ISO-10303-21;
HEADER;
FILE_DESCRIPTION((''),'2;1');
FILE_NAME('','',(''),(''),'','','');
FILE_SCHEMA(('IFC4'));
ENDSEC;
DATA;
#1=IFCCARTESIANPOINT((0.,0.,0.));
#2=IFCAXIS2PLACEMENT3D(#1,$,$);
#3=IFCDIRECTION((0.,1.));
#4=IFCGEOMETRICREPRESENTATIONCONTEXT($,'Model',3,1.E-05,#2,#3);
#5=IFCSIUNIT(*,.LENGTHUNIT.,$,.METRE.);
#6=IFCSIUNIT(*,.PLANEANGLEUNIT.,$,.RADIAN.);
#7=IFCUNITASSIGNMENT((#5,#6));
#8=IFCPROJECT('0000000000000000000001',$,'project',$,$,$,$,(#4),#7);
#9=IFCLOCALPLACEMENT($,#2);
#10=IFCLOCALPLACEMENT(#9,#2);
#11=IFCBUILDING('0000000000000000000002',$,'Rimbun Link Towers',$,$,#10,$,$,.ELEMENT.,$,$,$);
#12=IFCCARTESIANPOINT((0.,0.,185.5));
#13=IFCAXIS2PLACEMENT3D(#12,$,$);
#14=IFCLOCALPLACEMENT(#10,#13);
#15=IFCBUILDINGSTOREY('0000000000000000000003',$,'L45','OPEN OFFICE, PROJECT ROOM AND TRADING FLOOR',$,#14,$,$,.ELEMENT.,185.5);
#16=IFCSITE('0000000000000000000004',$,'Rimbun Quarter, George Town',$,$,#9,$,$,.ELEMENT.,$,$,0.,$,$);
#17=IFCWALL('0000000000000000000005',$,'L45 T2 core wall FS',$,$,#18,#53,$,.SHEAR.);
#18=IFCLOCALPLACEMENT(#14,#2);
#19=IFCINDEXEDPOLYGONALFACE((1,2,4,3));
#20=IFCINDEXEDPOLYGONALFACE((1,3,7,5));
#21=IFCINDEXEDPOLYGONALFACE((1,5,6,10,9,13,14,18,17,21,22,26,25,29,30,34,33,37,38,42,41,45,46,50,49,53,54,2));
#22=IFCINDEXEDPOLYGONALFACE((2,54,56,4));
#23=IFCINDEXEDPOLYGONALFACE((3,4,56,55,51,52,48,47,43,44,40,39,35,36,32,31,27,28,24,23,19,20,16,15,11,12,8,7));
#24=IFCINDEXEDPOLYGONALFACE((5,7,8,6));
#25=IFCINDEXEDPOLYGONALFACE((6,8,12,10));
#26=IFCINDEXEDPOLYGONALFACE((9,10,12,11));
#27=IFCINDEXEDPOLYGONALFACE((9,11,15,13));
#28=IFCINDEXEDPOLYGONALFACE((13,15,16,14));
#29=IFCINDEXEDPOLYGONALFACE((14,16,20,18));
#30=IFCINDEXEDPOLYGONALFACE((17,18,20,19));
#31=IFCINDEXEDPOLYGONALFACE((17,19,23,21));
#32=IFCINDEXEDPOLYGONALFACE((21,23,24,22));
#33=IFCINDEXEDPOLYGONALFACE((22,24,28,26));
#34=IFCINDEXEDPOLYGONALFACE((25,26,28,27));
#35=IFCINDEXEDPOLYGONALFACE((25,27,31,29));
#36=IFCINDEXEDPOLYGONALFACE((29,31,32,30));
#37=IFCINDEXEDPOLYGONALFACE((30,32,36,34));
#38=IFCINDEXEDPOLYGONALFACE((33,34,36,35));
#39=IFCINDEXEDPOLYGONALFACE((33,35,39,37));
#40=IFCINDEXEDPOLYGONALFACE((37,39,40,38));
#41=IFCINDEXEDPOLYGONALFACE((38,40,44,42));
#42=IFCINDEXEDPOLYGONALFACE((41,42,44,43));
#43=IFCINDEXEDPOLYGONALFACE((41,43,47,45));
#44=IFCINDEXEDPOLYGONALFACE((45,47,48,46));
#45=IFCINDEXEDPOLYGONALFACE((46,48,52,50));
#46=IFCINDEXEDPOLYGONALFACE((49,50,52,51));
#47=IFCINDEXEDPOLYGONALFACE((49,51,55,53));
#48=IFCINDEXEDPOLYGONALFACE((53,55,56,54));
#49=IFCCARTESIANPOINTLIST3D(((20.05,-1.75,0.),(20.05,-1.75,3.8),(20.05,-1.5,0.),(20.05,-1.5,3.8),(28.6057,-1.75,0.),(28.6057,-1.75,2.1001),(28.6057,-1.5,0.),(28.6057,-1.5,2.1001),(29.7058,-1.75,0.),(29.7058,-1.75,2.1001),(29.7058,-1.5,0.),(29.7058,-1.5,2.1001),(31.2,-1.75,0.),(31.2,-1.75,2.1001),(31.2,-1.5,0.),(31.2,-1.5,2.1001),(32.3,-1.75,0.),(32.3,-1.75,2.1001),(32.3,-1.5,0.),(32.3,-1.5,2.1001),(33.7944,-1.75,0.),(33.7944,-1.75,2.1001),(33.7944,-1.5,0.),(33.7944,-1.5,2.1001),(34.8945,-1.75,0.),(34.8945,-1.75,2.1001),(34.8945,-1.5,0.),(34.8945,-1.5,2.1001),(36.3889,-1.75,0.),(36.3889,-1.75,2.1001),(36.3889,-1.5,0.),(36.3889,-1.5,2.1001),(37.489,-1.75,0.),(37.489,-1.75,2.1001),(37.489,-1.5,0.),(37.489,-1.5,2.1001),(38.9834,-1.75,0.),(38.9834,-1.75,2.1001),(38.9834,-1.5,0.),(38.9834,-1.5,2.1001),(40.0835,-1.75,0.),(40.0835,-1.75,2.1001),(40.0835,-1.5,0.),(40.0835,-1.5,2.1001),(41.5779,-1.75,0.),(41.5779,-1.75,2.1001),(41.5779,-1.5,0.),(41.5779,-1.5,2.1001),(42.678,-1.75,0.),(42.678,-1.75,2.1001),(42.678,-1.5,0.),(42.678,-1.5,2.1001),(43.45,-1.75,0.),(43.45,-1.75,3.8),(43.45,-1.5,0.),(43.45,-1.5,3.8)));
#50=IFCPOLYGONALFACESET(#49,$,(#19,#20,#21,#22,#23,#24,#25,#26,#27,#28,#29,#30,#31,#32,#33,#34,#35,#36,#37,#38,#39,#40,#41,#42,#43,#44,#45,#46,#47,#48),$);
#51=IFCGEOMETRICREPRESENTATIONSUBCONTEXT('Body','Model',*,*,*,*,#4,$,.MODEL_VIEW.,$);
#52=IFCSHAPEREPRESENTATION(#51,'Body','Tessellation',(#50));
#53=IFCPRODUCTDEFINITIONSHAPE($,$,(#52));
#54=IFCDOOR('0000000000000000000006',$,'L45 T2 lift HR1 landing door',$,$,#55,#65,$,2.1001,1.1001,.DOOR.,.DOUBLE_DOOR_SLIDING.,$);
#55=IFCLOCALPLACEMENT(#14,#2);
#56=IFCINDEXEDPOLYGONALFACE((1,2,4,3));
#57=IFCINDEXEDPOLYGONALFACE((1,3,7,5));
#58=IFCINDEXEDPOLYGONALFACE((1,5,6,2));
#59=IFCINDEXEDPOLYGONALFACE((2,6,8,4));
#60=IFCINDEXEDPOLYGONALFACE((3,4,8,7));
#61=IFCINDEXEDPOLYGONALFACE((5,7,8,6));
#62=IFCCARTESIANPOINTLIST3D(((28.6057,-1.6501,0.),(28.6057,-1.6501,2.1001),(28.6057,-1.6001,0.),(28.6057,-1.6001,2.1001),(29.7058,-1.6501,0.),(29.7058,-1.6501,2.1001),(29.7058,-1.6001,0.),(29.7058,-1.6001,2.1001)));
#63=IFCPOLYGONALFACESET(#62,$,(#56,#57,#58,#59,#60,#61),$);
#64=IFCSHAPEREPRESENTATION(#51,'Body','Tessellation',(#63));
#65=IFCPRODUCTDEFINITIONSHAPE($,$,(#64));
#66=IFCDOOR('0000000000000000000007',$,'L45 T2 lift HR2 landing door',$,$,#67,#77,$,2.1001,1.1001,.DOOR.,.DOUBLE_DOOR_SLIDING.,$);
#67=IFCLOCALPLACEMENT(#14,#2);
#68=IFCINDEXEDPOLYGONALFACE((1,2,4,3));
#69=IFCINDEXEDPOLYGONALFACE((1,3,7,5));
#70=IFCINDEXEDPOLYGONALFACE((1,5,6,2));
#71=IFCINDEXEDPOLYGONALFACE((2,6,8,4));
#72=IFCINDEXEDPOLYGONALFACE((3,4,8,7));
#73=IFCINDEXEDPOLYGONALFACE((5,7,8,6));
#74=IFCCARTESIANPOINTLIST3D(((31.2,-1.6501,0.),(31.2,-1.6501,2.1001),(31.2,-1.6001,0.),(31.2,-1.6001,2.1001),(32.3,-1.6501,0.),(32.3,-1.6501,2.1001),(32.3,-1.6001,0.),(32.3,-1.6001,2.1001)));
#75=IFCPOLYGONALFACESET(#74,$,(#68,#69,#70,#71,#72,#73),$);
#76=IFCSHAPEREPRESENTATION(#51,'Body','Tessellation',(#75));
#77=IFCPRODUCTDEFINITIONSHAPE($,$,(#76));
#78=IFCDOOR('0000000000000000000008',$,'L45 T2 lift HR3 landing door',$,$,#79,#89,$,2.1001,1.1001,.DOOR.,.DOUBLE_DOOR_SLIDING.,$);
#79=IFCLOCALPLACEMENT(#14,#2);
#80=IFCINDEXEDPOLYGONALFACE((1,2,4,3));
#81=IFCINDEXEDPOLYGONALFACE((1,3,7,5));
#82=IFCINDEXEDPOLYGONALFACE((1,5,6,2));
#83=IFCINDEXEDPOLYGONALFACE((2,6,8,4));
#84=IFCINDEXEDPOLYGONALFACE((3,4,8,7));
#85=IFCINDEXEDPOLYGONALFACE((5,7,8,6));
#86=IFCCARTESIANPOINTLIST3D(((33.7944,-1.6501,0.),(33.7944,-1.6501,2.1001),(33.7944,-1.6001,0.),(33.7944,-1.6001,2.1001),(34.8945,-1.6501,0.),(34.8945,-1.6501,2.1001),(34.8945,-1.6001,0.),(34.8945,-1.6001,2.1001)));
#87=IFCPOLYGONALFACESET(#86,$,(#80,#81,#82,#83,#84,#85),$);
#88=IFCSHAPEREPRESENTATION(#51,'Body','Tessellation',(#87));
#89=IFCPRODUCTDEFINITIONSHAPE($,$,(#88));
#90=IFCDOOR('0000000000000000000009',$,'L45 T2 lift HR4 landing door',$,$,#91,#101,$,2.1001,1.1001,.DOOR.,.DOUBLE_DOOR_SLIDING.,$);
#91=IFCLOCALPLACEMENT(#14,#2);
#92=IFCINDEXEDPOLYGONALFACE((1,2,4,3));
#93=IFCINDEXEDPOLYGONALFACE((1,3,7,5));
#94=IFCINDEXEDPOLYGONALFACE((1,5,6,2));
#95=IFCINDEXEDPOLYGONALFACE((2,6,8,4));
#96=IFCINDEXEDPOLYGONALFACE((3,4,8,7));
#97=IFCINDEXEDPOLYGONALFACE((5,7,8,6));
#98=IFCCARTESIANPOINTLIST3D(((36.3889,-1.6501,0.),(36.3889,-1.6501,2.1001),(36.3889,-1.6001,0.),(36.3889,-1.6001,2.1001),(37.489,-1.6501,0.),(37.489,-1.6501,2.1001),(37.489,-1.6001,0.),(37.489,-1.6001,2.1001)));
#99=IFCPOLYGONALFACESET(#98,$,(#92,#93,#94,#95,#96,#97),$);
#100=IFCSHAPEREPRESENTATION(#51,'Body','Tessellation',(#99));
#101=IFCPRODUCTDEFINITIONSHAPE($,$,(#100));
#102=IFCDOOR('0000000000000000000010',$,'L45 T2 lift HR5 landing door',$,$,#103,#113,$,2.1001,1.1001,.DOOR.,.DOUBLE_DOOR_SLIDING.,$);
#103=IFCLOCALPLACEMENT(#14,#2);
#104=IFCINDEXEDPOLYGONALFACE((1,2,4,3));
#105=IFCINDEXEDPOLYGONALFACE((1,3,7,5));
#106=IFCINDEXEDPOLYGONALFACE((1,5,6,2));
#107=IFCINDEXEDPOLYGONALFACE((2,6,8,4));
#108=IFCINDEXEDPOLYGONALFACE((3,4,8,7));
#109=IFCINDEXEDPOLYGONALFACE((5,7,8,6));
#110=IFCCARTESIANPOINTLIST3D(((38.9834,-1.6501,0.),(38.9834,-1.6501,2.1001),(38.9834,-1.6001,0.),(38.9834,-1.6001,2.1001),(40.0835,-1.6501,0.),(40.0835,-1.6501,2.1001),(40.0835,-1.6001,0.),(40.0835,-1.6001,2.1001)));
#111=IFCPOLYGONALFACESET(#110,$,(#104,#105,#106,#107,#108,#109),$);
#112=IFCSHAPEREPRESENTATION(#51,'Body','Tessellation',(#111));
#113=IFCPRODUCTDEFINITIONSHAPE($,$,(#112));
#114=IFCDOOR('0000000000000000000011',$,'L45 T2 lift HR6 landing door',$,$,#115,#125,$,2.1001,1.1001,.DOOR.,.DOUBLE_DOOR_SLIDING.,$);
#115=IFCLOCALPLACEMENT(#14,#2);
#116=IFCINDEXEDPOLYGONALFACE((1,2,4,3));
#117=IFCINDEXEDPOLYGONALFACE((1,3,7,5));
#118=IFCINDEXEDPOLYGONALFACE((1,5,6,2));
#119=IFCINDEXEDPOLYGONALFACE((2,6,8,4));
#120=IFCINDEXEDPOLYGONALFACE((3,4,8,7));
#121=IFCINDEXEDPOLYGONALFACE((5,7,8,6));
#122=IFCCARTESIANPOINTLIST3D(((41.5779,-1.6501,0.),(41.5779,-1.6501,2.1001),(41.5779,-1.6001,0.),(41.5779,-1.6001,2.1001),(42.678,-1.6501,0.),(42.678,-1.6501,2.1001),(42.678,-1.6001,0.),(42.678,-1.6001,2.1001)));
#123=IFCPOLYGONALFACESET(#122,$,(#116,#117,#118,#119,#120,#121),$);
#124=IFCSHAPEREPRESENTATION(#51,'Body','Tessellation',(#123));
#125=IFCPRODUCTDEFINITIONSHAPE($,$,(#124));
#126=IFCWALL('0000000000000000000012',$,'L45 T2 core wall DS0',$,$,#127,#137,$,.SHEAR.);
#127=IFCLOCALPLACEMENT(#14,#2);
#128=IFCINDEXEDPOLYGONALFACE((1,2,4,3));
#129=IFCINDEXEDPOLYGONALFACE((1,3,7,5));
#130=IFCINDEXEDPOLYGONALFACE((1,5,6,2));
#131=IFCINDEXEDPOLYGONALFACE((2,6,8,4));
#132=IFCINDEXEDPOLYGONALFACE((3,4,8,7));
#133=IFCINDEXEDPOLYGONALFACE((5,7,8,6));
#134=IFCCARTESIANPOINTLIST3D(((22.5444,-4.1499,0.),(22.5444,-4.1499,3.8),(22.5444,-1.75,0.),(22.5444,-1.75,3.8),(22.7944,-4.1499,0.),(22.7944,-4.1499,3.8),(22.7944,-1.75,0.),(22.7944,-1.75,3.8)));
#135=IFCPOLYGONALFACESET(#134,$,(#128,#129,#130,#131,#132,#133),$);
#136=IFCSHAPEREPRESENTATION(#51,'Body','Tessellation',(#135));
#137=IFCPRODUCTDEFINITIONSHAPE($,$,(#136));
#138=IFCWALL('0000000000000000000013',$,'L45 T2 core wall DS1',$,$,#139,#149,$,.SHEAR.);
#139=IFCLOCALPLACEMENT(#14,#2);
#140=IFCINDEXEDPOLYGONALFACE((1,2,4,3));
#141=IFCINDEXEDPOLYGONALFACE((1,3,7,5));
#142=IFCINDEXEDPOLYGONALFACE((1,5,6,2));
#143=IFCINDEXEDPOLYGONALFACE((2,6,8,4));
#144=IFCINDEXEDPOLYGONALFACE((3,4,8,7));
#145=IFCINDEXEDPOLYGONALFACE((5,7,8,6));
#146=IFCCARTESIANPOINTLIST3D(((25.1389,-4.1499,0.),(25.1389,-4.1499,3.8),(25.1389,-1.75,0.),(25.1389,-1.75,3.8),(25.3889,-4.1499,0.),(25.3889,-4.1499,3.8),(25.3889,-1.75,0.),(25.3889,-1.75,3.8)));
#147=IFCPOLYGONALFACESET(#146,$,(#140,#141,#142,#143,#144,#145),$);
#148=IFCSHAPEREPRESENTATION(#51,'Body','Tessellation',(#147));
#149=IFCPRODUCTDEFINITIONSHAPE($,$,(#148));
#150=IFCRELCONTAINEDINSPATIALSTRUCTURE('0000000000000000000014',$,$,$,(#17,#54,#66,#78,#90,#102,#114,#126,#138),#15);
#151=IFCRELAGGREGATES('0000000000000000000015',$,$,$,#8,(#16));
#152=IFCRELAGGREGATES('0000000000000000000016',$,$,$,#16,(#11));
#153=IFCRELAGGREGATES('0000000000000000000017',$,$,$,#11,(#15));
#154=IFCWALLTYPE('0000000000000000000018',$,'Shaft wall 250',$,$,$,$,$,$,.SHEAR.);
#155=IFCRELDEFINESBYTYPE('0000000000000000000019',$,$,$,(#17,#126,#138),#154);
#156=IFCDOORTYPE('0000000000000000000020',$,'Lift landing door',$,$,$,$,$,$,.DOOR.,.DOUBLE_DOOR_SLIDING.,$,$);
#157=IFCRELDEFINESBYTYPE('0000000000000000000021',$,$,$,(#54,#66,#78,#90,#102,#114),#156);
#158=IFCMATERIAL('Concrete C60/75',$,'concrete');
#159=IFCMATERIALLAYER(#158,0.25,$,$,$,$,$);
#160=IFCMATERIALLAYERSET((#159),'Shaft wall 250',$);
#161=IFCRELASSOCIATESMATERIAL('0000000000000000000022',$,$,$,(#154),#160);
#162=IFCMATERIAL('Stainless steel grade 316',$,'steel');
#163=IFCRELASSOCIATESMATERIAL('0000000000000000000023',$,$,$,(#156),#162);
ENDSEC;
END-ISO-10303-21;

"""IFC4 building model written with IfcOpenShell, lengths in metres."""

from ifc_helpers import new_model, si_unit, direction, frame, frame_2d, origin, place, context, subcontext, project, spatial, rectangle, extrude, material, layer, layer_set, type_object, element, fill, save


model = new_model("IFC4")

# Units and contexts
model_context = context("Model", 3, precision=1e-05, world=origin(), true_north=direction((0.0, 1.0)))
body_context = subcontext(model_context, "Body", "Model", "MODEL_VIEW")
ifc_project = project(units=[si_unit("LENGTHUNIT", "METRE"), si_unit("PLANEANGLEUNIT", "RADIAN")], contexts=[model_context])

# Site, building, storey
site_placement = place(None, origin())
site = spatial("IfcSite", under=ifc_project, at=site_placement, Name="Rimbun Quarter, George Town", CompositionType="ELEMENT", RefElevation=0.0)
building_placement = place(site_placement, origin())
building = spatial("IfcBuilding", under=site, at=building_placement, Name="Rimbun Link Towers", CompositionType="ELEMENT")
storey_placement = place(building_placement, frame((0.0, 0.0, 185.5)))
storey = spatial("IfcBuildingStorey", under=building, at=storey_placement, Name="L45", Description="OPEN OFFICE, PROJECT ROOM AND TRADING FLOOR", CompositionType="ELEMENT", Elevation=185.5)

# Shared definitions
ifc_material_1 = material(Name="Concrete C60/75", Category="concrete")
ifc_layer_1 = layer(ifc_material_1, 0.25)
ifc_layer_set_1 = layer_set([ifc_layer_1], Name="Shaft wall 250")
wall_type_1 = type_object("IfcWallType", Name="Shaft wall 250", PredefinedType="SHEAR", material=ifc_layer_set_1)

# Wall, openings, doors
wall_1_placement = place(storey_placement, frame((20.05, -1.625, 0.0), z_axis=(0.0, 0.0, 1.0), x_axis=(1.0, 0.0, 0.0)))
wall_1 = element("IfcWall", 1, at=wall_1_placement, inside=storey, type_object=wall_type_1, Name="L45 T2 core wall FS", PredefinedType="SHEAR", context=body_context, shape_type="SweptSolid", body=[
    extrude(rectangle(XDim=23.3999, YDim=0.25, at=frame_2d((11.7, 0.0))), origin(), (0.0, 0.0, 1.0), 3.8),
])
opening_1_placement = place(wall_1_placement, frame((8.5557, 0.0, 0.0)))
opening_1 = element("IfcOpeningElement", 2, at=opening_1_placement, cuts=wall_1, PredefinedType="OPENING", context=body_context, shape_type="SweptSolid", body=[
    extrude(rectangle(XDim=1.1001, YDim=2.1001, at=frame_2d((0.55, 1.05))), frame((0.0, 0.135, 0.0), z_axis=(0.0, -1.0, 0.0), x_axis=(1.0, 0.0, 0.0)), (0.0, 0.0, 1.0), 0.27),
])
opening_2_placement = place(wall_1_placement, frame((11.1499, 0.0, 0.0)))
opening_2 = element("IfcOpeningElement", 3, at=opening_2_placement, cuts=wall_1, PredefinedType="OPENING", context=body_context, shape_type="SweptSolid", body=[
    extrude(rectangle(XDim=1.1001, YDim=2.1001, at=frame_2d((0.55, 1.05))), frame((0.0, 0.135, 0.0), z_axis=(0.0, -1.0, 0.0), x_axis=(1.0, 0.0, 0.0)), (0.0, 0.0, 1.0), 0.27),
])
opening_3_placement = place(wall_1_placement, frame((13.7444, 0.0, 0.0)))
opening_3 = element("IfcOpeningElement", 4, at=opening_3_placement, cuts=wall_1, PredefinedType="OPENING", context=body_context, shape_type="SweptSolid", body=[
    extrude(rectangle(XDim=1.1001, YDim=2.1001, at=frame_2d((0.55, 1.05))), frame((0.0, 0.135, 0.0), z_axis=(0.0, -1.0, 0.0), x_axis=(1.0, 0.0, 0.0)), (0.0, 0.0, 1.0), 0.27),
])
opening_4_placement = place(wall_1_placement, frame((16.3389, 0.0, 0.0)))
opening_4 = element("IfcOpeningElement", 5, at=opening_4_placement, cuts=wall_1, PredefinedType="OPENING", context=body_context, shape_type="SweptSolid", body=[
    extrude(rectangle(XDim=1.1001, YDim=2.1001, at=frame_2d((0.55, 1.05))), frame((0.0, 0.135, 0.0), z_axis=(0.0, -1.0, 0.0), x_axis=(1.0, 0.0, 0.0)), (0.0, 0.0, 1.0), 0.27),
])
opening_5_placement = place(wall_1_placement, frame((18.9333, 0.0, 0.0)))
opening_5 = element("IfcOpeningElement", 6, at=opening_5_placement, cuts=wall_1, PredefinedType="OPENING", context=body_context, shape_type="SweptSolid", body=[
    extrude(rectangle(XDim=1.1001, YDim=2.1001, at=frame_2d((0.55, 1.05))), frame((0.0, 0.135, 0.0), z_axis=(0.0, -1.0, 0.0), x_axis=(1.0, 0.0, 0.0)), (0.0, 0.0, 1.0), 0.27),
])
opening_6_placement = place(wall_1_placement, frame((21.5278, 0.0, 0.0)))
opening_6 = element("IfcOpeningElement", 7, at=opening_6_placement, cuts=wall_1, PredefinedType="OPENING", context=body_context, shape_type="SweptSolid", body=[
    extrude(rectangle(XDim=1.1001, YDim=2.1001, at=frame_2d((0.55, 1.05))), frame((0.0, 0.135, 0.0), z_axis=(0.0, -1.0, 0.0), x_axis=(1.0, 0.0, 0.0)), (0.0, 0.0, 1.0), 0.27),
])
ifc_material_2 = material(Name="Stainless steel grade 316", Category="steel")
door_type_1 = type_object("IfcDoorType", Name="Lift landing door", OperationType="DOUBLE_DOOR_SLIDING", PredefinedType="DOOR", material=ifc_material_2)
door_1_placement = place(opening_1_placement, origin())
door_1 = element("IfcDoor", 8, at=door_1_placement, inside=storey, type_object=door_type_1, Name="L45 T2 lift HR1 landing door", OperationType="DOUBLE_DOOR_SLIDING", OverallHeight=2.1001, OverallWidth=1.1001, PredefinedType="DOOR", context=body_context, shape_type="SweptSolid", body=[
    extrude(rectangle(XDim=1.1001, YDim=2.1001, at=frame_2d((0.55, 1.05))), frame((0.0, 0.0249, 0.0), z_axis=(0.0, -1.0, 0.0), x_axis=(1.0, 0.0, 0.0)), (0.0, 0.0, 1.0), 0.05),
])
fill(opening_1, door_1)
door_2_placement = place(opening_2_placement, origin())
door_2 = element("IfcDoor", 9, at=door_2_placement, inside=storey, type_object=door_type_1, Name="L45 T2 lift HR2 landing door", OperationType="DOUBLE_DOOR_SLIDING", OverallHeight=2.1001, OverallWidth=1.1001, PredefinedType="DOOR", context=body_context, shape_type="SweptSolid", body=[
    extrude(rectangle(XDim=1.1001, YDim=2.1001, at=frame_2d((0.55, 1.05))), frame((0.0, 0.0249, 0.0), z_axis=(0.0, -1.0, 0.0), x_axis=(1.0, 0.0, 0.0)), (0.0, 0.0, 1.0), 0.05),
])
fill(opening_2, door_2)
door_3_placement = place(opening_3_placement, origin())
door_3 = element("IfcDoor", 10, at=door_3_placement, inside=storey, type_object=door_type_1, Name="L45 T2 lift HR3 landing door", OperationType="DOUBLE_DOOR_SLIDING", OverallHeight=2.1001, OverallWidth=1.1001, PredefinedType="DOOR", context=body_context, shape_type="SweptSolid", body=[
    extrude(rectangle(XDim=1.1001, YDim=2.1001, at=frame_2d((0.55, 1.05))), frame((0.0, 0.0249, 0.0), z_axis=(0.0, -1.0, 0.0), x_axis=(1.0, 0.0, 0.0)), (0.0, 0.0, 1.0), 0.05),
])
fill(opening_3, door_3)
door_4_placement = place(opening_4_placement, origin())
door_4 = element("IfcDoor", 11, at=door_4_placement, inside=storey, type_object=door_type_1, Name="L45 T2 lift HR4 landing door", OperationType="DOUBLE_DOOR_SLIDING", OverallHeight=2.1001, OverallWidth=1.1001, PredefinedType="DOOR", context=body_context, shape_type="SweptSolid", body=[
    extrude(rectangle(XDim=1.1001, YDim=2.1001, at=frame_2d((0.55, 1.05))), frame((0.0, 0.0249, 0.0), z_axis=(0.0, -1.0, 0.0), x_axis=(1.0, 0.0, 0.0)), (0.0, 0.0, 1.0), 0.05),
])
fill(opening_4, door_4)
door_5_placement = place(opening_5_placement, origin())
door_5 = element("IfcDoor", 12, at=door_5_placement, inside=storey, type_object=door_type_1, Name="L45 T2 lift HR5 landing door", OperationType="DOUBLE_DOOR_SLIDING", OverallHeight=2.1001, OverallWidth=1.1001, PredefinedType="DOOR", context=body_context, shape_type="SweptSolid", body=[
    extrude(rectangle(XDim=1.1001, YDim=2.1001, at=frame_2d((0.55, 1.05))), frame((0.0, 0.0249, 0.0), z_axis=(0.0, -1.0, 0.0), x_axis=(1.0, 0.0, 0.0)), (0.0, 0.0, 1.0), 0.05),
])
fill(opening_5, door_5)
door_6_placement = place(opening_6_placement, origin())
door_6 = element("IfcDoor", 13, at=door_6_placement, inside=storey, type_object=door_type_1, Name="L45 T2 lift HR6 landing door", OperationType="DOUBLE_DOOR_SLIDING", OverallHeight=2.1001, OverallWidth=1.1001, PredefinedType="DOOR", context=body_context, shape_type="SweptSolid", body=[
    extrude(rectangle(XDim=1.1001, YDim=2.1001, at=frame_2d((0.55, 1.05))), frame((0.0, 0.0249, 0.0), z_axis=(0.0, -1.0, 0.0), x_axis=(1.0, 0.0, 0.0)), (0.0, 0.0, 1.0), 0.05),
])
fill(opening_6, door_6)

# Walls
for number, where, z_axis, x_axis, name in (
    (14, (22.6694, -4.1499, 0.0), (0.0, 0.0, 1.0), (0.0, 1.0, 0.0), "L45 T2 core wall DS0"),
    (15, (25.2639, -4.1499, 0.0), (0.0, 0.0, 1.0), (0.0, 1.0, 0.0), "L45 T2 core wall DS1"),
):
    element("IfcWall", number, at=place(storey_placement, frame(where, z_axis=z_axis, x_axis=x_axis)), inside=storey, type_object=wall_type_1, Name=name, PredefinedType="SHEAR", context=body_context, shape_type="SweptSolid", body=[
        extrude(rectangle(XDim=2.3999, YDim=0.25, at=frame_2d((1.2, 0.0))), origin(), (0.0, 0.0, 1.0), 3.8),
    ])

save(model, "model.ifc")
